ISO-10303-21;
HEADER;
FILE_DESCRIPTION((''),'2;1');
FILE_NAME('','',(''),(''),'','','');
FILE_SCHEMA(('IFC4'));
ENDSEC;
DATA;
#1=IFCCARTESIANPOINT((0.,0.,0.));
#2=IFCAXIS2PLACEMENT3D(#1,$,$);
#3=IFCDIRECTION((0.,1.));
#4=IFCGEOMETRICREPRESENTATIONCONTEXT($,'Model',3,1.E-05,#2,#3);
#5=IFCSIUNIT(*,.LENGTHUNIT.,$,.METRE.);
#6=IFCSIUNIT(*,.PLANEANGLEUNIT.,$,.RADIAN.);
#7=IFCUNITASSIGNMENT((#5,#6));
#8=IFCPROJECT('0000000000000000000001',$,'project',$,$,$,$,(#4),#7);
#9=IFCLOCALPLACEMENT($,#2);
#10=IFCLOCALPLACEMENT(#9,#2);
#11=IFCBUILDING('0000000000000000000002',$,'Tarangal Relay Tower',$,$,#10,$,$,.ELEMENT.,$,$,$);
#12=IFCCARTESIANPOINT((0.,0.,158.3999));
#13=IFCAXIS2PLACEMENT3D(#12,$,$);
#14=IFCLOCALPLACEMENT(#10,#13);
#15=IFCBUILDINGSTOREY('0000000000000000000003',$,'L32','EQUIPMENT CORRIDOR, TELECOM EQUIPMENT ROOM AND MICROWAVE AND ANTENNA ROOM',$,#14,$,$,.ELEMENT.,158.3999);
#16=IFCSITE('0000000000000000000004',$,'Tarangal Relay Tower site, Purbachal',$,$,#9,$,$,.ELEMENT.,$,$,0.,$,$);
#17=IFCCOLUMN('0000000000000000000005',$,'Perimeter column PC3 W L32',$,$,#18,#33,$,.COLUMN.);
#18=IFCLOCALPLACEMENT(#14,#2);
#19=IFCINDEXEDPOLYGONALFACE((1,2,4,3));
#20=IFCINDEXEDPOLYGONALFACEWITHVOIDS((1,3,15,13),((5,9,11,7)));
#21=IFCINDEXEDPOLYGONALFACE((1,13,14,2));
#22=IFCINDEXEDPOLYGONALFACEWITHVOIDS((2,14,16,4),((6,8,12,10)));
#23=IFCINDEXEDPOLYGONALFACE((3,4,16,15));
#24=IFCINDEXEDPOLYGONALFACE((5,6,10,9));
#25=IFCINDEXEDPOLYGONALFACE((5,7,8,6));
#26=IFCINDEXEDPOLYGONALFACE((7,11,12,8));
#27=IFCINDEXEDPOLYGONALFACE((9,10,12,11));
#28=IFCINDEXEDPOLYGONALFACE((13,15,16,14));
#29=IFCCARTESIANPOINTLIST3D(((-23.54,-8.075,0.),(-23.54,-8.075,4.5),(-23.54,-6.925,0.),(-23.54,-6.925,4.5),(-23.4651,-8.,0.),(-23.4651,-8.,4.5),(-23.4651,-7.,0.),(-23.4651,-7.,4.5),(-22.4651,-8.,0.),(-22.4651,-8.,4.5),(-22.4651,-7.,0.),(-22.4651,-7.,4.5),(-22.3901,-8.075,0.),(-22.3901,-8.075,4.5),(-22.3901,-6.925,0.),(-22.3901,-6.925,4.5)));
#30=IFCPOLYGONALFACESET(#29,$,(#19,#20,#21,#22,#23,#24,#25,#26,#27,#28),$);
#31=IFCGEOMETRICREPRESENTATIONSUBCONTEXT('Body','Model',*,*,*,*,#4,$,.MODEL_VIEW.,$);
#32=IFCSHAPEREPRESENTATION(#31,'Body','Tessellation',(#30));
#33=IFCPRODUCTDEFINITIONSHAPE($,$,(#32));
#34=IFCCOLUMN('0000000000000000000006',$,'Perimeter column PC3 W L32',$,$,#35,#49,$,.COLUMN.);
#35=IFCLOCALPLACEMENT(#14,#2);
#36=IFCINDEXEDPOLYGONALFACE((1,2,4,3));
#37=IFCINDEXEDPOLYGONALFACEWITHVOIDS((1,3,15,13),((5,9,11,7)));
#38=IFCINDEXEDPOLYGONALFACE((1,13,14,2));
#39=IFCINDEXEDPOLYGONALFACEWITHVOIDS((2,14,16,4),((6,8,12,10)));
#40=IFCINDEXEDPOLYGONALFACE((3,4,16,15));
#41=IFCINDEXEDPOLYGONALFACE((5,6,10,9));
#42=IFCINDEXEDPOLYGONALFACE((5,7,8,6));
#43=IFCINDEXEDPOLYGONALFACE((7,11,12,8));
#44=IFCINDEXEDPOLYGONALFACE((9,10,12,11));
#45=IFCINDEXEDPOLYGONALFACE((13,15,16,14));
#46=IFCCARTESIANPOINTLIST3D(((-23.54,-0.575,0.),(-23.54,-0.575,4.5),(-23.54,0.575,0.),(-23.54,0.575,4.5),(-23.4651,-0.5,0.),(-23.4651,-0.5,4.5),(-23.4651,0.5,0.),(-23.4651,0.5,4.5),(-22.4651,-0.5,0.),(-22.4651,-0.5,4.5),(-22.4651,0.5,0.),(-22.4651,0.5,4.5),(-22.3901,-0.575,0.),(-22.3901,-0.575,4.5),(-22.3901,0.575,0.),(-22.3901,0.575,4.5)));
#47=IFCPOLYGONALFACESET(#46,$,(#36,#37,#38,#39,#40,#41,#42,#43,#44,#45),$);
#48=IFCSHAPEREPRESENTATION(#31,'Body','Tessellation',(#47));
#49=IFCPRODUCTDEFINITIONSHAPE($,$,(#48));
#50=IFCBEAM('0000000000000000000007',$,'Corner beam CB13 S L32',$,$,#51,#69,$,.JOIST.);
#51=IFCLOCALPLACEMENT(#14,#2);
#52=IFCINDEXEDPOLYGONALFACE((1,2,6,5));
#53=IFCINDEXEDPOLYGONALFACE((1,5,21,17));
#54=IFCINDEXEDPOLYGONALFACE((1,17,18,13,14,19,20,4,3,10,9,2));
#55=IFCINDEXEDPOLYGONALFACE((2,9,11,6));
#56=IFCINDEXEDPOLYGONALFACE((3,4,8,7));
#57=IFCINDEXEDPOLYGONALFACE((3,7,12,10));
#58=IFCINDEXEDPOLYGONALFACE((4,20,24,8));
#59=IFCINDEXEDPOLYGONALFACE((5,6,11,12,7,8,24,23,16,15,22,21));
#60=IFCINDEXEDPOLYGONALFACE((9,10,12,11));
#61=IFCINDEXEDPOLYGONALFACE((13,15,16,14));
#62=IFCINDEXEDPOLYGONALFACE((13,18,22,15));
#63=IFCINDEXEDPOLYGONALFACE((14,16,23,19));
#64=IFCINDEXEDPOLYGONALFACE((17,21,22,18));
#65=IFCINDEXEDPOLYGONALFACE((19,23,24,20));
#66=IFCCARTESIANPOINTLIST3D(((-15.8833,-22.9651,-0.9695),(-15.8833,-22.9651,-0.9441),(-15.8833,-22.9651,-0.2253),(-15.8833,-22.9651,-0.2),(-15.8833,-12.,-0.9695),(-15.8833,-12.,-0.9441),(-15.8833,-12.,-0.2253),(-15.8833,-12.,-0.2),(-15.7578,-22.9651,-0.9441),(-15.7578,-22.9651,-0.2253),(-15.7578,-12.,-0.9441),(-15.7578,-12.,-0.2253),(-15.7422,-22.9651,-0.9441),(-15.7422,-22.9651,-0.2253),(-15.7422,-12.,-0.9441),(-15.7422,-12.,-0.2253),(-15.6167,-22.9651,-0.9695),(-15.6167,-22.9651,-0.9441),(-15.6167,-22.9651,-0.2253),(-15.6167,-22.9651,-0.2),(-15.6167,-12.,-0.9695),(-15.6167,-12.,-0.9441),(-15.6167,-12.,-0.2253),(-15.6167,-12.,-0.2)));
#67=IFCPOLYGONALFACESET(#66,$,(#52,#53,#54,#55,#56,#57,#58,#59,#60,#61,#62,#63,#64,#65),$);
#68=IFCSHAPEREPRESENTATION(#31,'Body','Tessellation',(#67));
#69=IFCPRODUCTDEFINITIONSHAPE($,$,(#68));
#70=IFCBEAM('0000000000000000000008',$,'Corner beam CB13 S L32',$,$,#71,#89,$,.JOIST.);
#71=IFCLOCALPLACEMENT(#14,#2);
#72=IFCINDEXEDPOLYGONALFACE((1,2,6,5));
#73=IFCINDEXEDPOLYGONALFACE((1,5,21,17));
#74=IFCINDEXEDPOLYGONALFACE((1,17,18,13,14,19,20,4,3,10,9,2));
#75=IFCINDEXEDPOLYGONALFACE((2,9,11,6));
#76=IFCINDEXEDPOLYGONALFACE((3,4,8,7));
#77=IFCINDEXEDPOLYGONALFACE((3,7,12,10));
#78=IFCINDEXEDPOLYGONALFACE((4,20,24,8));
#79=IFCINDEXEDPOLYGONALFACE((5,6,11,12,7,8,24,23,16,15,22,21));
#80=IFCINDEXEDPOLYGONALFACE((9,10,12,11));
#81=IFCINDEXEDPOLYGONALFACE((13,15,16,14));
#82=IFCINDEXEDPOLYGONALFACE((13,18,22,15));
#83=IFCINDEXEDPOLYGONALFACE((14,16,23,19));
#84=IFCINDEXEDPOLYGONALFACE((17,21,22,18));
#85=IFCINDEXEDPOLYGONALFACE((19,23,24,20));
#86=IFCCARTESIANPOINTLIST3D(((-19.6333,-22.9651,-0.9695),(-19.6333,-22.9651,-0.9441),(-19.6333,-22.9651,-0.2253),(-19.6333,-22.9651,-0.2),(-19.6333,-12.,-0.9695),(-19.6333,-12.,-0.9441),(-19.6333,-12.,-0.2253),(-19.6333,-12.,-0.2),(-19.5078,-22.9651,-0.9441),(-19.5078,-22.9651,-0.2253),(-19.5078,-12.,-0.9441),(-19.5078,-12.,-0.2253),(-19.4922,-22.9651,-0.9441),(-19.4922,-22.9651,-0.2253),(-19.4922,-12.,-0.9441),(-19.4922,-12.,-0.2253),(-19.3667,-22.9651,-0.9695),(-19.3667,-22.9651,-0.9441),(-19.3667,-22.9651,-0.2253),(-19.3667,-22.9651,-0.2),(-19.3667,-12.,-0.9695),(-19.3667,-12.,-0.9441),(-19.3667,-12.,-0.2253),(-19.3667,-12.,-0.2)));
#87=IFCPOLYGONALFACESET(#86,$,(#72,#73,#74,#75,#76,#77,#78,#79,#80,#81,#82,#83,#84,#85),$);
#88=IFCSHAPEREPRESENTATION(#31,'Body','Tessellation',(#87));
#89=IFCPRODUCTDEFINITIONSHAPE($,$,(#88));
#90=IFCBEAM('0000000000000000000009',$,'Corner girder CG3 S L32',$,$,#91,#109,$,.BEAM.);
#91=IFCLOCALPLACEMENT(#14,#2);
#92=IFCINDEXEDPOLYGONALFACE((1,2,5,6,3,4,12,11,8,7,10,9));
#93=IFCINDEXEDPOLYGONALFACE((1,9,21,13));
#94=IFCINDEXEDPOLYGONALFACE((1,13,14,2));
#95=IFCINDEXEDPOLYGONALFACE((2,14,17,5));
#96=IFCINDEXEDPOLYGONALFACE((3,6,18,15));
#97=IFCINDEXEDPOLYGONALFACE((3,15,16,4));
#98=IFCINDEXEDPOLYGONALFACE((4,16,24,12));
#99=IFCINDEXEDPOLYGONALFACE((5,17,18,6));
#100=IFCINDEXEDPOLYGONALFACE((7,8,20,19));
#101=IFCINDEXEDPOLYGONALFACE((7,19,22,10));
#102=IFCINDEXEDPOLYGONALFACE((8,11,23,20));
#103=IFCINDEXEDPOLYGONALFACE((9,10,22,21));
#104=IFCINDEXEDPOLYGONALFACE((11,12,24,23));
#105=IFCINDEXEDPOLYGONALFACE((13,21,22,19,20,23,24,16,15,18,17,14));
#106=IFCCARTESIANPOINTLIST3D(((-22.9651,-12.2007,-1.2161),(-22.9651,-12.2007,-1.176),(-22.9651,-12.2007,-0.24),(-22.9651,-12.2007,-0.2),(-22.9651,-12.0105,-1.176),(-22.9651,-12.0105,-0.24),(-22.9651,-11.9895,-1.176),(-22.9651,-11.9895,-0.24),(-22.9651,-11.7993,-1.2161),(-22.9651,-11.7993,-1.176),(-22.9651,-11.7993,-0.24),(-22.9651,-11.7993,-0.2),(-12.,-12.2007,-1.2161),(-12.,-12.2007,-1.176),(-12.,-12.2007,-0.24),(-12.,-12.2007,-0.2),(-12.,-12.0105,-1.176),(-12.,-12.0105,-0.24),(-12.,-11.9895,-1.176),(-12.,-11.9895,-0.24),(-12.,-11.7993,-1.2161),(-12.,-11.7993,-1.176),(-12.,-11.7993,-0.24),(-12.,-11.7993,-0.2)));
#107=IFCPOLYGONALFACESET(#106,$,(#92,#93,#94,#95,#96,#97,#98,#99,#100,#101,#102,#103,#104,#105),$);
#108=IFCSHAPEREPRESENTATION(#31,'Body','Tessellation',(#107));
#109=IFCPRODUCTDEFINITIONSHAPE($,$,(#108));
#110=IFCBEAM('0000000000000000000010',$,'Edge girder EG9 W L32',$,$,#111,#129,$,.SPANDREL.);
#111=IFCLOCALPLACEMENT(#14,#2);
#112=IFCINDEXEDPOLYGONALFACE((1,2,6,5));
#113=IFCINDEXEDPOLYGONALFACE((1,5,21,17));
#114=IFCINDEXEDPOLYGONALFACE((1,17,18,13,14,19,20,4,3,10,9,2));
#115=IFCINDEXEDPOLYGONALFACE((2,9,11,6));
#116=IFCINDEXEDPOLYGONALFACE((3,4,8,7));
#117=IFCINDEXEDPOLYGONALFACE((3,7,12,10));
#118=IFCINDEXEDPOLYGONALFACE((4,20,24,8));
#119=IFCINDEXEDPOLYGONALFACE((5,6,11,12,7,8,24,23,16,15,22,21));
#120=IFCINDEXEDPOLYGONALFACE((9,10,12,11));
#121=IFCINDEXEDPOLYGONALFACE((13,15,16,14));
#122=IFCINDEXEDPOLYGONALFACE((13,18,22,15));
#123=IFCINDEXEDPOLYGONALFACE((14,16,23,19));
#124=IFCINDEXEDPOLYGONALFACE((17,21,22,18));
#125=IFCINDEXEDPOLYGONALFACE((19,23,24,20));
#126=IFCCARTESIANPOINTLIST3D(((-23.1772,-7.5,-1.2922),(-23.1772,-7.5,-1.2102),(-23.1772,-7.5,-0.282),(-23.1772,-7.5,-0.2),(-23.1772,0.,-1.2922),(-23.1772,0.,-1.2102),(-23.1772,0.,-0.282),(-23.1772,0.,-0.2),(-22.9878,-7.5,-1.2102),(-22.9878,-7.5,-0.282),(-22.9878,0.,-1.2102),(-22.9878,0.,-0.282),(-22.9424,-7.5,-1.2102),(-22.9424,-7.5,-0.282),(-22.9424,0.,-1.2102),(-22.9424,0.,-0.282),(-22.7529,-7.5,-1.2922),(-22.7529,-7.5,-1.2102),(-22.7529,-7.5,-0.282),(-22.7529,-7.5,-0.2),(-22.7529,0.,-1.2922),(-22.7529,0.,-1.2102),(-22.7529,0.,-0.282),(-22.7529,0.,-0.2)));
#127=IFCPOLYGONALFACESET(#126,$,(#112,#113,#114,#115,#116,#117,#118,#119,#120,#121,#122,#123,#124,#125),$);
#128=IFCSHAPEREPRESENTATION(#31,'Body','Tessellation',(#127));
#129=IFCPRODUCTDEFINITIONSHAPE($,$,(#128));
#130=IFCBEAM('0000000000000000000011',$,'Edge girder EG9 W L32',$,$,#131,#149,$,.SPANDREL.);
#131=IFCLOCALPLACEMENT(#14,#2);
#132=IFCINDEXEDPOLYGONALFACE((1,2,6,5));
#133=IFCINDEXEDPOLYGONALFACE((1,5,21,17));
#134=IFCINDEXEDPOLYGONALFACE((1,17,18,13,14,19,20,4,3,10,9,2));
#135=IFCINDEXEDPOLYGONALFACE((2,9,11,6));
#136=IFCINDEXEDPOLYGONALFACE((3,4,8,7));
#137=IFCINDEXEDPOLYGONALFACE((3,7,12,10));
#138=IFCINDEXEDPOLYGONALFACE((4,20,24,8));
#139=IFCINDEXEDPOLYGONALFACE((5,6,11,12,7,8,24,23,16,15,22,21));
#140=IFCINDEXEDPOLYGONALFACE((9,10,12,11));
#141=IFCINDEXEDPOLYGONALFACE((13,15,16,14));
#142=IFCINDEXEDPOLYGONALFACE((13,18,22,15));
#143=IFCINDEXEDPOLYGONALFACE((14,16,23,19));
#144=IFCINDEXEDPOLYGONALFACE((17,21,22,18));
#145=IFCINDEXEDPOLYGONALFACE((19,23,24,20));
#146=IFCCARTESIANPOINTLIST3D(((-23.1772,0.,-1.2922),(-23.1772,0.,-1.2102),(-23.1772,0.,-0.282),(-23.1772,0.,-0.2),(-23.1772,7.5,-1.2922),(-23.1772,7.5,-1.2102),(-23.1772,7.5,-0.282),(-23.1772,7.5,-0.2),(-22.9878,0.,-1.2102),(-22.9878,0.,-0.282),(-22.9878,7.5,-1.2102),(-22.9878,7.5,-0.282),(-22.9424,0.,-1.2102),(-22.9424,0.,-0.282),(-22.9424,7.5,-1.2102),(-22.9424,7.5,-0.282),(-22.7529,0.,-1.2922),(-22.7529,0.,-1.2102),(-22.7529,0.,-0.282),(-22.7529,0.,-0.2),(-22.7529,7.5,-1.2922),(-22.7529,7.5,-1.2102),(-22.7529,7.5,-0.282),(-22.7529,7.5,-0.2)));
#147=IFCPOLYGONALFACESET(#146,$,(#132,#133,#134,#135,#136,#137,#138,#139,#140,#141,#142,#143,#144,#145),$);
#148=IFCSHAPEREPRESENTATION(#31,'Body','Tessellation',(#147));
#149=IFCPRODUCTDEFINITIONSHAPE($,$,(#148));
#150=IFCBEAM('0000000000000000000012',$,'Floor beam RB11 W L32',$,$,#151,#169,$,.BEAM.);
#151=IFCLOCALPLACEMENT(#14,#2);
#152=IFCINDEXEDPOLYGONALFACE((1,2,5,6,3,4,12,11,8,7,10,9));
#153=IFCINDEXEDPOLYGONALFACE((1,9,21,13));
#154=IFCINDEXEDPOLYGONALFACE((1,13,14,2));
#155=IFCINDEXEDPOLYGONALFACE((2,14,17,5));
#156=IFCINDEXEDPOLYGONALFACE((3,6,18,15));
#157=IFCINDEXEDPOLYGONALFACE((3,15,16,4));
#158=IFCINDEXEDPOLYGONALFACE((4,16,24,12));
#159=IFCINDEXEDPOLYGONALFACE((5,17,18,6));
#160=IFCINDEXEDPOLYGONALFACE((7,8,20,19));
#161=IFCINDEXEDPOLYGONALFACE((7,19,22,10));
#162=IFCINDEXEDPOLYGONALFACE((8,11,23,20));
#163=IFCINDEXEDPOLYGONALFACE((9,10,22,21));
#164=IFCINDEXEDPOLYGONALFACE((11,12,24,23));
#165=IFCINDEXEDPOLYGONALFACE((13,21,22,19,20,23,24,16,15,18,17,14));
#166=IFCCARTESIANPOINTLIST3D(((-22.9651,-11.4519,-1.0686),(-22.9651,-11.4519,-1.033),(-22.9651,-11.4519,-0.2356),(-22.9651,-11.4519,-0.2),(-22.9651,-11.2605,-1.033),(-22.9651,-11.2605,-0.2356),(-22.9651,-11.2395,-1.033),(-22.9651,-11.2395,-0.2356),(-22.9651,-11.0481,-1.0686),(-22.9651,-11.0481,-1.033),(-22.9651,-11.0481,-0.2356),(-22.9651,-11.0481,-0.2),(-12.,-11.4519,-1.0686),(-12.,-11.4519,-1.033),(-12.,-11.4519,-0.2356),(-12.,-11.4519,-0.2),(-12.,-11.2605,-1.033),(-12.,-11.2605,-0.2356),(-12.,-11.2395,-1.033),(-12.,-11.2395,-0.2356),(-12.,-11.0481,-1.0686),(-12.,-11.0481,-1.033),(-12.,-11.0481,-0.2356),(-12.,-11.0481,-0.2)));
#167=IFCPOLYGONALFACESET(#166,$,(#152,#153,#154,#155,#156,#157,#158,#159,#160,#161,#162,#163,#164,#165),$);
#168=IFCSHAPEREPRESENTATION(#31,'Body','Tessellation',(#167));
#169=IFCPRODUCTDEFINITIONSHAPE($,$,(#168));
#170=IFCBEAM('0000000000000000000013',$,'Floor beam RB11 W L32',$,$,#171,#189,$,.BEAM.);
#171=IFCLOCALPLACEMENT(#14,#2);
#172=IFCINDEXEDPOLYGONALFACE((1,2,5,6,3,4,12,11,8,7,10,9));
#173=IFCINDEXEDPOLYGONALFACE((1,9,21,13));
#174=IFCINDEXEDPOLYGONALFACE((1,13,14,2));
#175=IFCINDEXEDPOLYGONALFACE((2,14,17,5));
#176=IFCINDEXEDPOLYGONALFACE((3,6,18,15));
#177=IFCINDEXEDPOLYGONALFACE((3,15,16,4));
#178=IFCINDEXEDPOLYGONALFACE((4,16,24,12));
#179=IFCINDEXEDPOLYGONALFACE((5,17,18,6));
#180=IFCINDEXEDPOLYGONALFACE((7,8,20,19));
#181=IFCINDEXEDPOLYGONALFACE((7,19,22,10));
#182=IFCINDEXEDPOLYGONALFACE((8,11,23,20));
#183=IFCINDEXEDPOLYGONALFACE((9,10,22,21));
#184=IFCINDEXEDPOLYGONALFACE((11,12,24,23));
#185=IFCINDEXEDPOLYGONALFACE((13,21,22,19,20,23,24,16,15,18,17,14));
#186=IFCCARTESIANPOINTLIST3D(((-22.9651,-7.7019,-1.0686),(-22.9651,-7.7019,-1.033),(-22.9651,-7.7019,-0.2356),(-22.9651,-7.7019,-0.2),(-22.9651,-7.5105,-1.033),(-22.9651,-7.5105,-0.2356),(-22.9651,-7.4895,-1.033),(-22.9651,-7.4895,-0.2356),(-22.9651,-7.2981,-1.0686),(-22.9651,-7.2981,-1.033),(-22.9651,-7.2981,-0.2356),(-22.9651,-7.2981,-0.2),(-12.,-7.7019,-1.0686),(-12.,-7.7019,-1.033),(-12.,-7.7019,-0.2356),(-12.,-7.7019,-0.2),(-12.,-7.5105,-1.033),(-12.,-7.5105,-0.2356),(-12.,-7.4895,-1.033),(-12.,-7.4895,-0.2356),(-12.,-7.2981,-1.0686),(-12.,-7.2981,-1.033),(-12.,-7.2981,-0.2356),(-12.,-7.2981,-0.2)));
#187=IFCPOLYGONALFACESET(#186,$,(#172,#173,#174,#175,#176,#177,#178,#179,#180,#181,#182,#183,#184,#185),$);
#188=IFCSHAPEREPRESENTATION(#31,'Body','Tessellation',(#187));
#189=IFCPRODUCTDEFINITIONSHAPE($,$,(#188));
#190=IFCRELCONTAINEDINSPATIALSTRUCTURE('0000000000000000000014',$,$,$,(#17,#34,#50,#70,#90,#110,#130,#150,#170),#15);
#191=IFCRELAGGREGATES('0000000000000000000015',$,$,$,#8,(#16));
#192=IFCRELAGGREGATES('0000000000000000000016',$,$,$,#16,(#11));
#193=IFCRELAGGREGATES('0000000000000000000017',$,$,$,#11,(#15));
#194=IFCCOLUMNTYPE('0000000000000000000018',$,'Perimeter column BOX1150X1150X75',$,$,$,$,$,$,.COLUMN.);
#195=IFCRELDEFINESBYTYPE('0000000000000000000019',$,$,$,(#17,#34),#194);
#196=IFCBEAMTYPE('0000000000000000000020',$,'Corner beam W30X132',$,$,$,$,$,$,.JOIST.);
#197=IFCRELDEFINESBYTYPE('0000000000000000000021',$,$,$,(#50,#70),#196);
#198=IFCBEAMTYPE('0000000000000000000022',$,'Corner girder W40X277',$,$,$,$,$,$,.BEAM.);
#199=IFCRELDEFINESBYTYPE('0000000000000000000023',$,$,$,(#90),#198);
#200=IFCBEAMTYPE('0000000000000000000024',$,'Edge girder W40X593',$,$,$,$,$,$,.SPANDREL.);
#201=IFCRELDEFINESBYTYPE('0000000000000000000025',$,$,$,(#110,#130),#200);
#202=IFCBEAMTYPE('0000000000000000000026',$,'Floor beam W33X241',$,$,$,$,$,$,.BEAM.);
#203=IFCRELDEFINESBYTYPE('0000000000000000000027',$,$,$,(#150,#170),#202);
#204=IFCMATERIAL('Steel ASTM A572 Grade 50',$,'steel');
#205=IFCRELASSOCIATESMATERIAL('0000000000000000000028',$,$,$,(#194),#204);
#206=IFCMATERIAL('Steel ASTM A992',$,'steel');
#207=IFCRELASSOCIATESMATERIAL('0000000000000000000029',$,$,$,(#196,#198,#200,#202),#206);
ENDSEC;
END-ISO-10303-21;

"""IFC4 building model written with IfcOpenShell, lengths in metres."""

from ifc_helpers import new_model, si_unit, direction, frame, origin, origin_2d, place, context, subcontext, project, spatial, hollow_rectangle, i_section, extrude, material, material_profile, profile_set, type_object, element, save


model = new_model("IFC4")

# Units and contexts
model_context = context("Model", 3, precision=1e-05, world=origin(), true_north=direction((0.0, 1.0)))
body_context = subcontext(model_context, "Body", "Model", "MODEL_VIEW")
ifc_project = project(units=[si_unit("LENGTHUNIT", "METRE"), si_unit("PLANEANGLEUNIT", "RADIAN")], contexts=[model_context])

# Site, building, storey
site_placement = place(None, origin())
site = spatial("IfcSite", under=ifc_project, at=site_placement, Name="Tarangal Relay Tower site, Purbachal", CompositionType="ELEMENT", RefElevation=0.0)
building_placement = place(site_placement, origin())
building = spatial("IfcBuilding", under=site, at=building_placement, Name="Tarangal Relay Tower", CompositionType="ELEMENT")
storey_placement = place(building_placement, frame((0.0, 0.0, 158.3999)))
storey = spatial("IfcBuildingStorey", under=building, at=storey_placement, Name="L32", Description="EQUIPMENT CORRIDOR, TELECOM EQUIPMENT ROOM AND MICROWAVE AND ANTENNA ROOM", CompositionType="ELEMENT", Elevation=158.3999)

# Columns
ifc_material_1 = material(Name="Steel ASTM A572 Grade 50", Category="steel")
ifc_material_profile_1 = material_profile(ifc_material_1, hollow_rectangle(XDim=1.1499, YDim=1.1499, WallThickness=0.075, at=origin_2d()), Name="BOX1150X1150X75")
ifc_profile_set_1 = profile_set([ifc_material_profile_1], Name="Steel ASTM A572 Grade 50")
column_type = type_object("IfcColumnType", Name="Perimeter column BOX1150X1150X75", PredefinedType="COLUMN", material=ifc_profile_set_1)
for number, where, z_axis, x_axis, name in (
    (1, (-22.9651, -7.5, 0.0), (0.0, 0.0, 1.0), (1.0, 0.0, 0.0), "Perimeter column PC3 W L32"),
    (2, (-22.9651, 0.0, 0.0), (0.0, 0.0, 1.0), (1.0, 0.0, 0.0), "Perimeter column PC3 W L32"),
):
    element("IfcColumn", number, at=place(storey_placement, frame(where, z_axis=z_axis, x_axis=x_axis)), inside=storey, type_object=column_type, Name=name, PredefinedType="COLUMN", context=body_context, shape_type="SweptSolid", body=[
        extrude(hollow_rectangle(XDim=1.1499, YDim=1.1499, WallThickness=0.075, at=origin_2d()), origin(), (0.0, 0.0, 1.0), 4.5),
    ])

# Beams
ifc_material_2 = material(Name="Steel ASTM A992", Category="steel")
ifc_material_profile_2 = material_profile(ifc_material_2, i_section(OverallWidth=0.2666, OverallDepth=0.7695, WebThickness=0.0156, FlangeThickness=0.0254, at=origin_2d()), Name="W30X132")
ifc_profile_set_2 = profile_set([ifc_material_profile_2], Name="Steel ASTM A992")
beam_type_1 = type_object("IfcBeamType", Name="Corner beam W30X132", PredefinedType="JOIST", material=ifc_profile_set_2)
for number, where, z_axis, x_axis, name in (
    (3, (-15.75, -12.0, -0.5847), (0.0, -1.0, 0.0), (1.0, 0.0, 0.0), "Corner beam CB13 S L32"),
    (4, (-19.5, -12.0, -0.5847), (0.0, -1.0, 0.0), (1.0, 0.0, 0.0), "Corner beam CB13 S L32"),
):
    element("IfcBeam", number, at=place(storey_placement, frame(where, z_axis=z_axis, x_axis=x_axis)), inside=storey, type_object=beam_type_1, Name=name, PredefinedType="JOIST", context=body_context, shape_type="SweptSolid", body=[
        extrude(i_section(OverallWidth=0.2666, OverallDepth=0.7695, WebThickness=0.0156, FlangeThickness=0.0254, at=origin_2d()), origin(), (0.0, 0.0, 1.0), 10.9651),
    ])
ifc_material_profile_3 = material_profile(ifc_material_2, i_section(OverallWidth=0.4014, OverallDepth=1.0161, WebThickness=0.021, FlangeThickness=0.04, at=origin_2d()), Name="W40X277")
ifc_profile_set_3 = profile_set([ifc_material_profile_3], Name="Steel ASTM A992")
beam_type_2 = type_object("IfcBeamType", Name="Corner girder W40X277", PredefinedType="BEAM", material=ifc_profile_set_3)
beam_placement = place(storey_placement, frame((-12.0, -12.0, -0.708), z_axis=(-1.0, 0.0, 0.0), x_axis=(0.0, -1.0, 0.0)))
element("IfcBeam", 5, at=beam_placement, inside=storey, type_object=beam_type_2, Name="Corner girder CG3 S L32", PredefinedType="BEAM", context=body_context, shape_type="SweptSolid", body=[
    extrude(i_section(OverallWidth=0.4014, OverallDepth=1.0161, WebThickness=0.021, FlangeThickness=0.04, at=origin_2d()), origin(), (0.0, 0.0, 1.0), 10.9651),
])
ifc_material_profile_4 = material_profile(ifc_material_2, i_section(OverallWidth=0.4243, OverallDepth=1.0923, WebThickness=0.0454, FlangeThickness=0.082, at=origin_2d()), Name="W40X593")
ifc_profile_set_4 = profile_set([ifc_material_profile_4], Name="Steel ASTM A992")
beam_type_3 = type_object("IfcBeamType", Name="Edge girder W40X593", PredefinedType="SPANDREL", material=ifc_profile_set_4)
for number, where, z_axis, x_axis, name in (
    (6, (-22.9651, -7.5, -0.7461), (0.0, 1.0, 0.0), (-1.0, 0.0, 0.0), "Edge girder EG9 W L32"),
    (7, (-22.9651, 0.0, -0.7461), (0.0, 1.0, 0.0), (-1.0, 0.0, 0.0), "Edge girder EG9 W L32"),
):
    element("IfcBeam", number, at=place(storey_placement, frame(where, z_axis=z_axis, x_axis=x_axis)), inside=storey, type_object=beam_type_3, Name=name, PredefinedType="SPANDREL", context=body_context, shape_type="SweptSolid", body=[
        extrude(i_section(OverallWidth=0.4243, OverallDepth=1.0923, WebThickness=0.0454, FlangeThickness=0.082, at=origin_2d()), origin(), (0.0, 0.0, 1.0), 7.5),
    ])
ifc_material_profile_5 = material_profile(ifc_material_2, i_section(OverallWidth=0.4038, OverallDepth=0.8687, WebThickness=0.021, FlangeThickness=0.0356, at=origin_2d()), Name="W33X241")
ifc_profile_set_5 = profile_set([ifc_material_profile_5], Name="Steel ASTM A992")
beam_type_4 = type_object("IfcBeamType", Name="Floor beam W33X241", PredefinedType="BEAM", material=ifc_profile_set_5)
for number, where, z_axis, x_axis, name in (
    (8, (-12.0, -11.25, -0.6343), (-1.0, 0.0, 0.0), (0.0, -1.0, 0.0), "Floor beam RB11 W L32"),
    (9, (-12.0, -7.5, -0.6343), (-1.0, 0.0, 0.0), (0.0, -1.0, 0.0), "Floor beam RB11 W L32"),
):
    element("IfcBeam", number, at=place(storey_placement, frame(where, z_axis=z_axis, x_axis=x_axis)), inside=storey, type_object=beam_type_4, Name=name, PredefinedType="BEAM", context=body_context, shape_type="SweptSolid", body=[
        extrude(i_section(OverallWidth=0.4038, OverallDepth=0.8687, WebThickness=0.021, FlangeThickness=0.0356, at=origin_2d()), origin(), (0.0, 0.0, 1.0), 10.9651),
    ])

save(model, "model.ifc")
